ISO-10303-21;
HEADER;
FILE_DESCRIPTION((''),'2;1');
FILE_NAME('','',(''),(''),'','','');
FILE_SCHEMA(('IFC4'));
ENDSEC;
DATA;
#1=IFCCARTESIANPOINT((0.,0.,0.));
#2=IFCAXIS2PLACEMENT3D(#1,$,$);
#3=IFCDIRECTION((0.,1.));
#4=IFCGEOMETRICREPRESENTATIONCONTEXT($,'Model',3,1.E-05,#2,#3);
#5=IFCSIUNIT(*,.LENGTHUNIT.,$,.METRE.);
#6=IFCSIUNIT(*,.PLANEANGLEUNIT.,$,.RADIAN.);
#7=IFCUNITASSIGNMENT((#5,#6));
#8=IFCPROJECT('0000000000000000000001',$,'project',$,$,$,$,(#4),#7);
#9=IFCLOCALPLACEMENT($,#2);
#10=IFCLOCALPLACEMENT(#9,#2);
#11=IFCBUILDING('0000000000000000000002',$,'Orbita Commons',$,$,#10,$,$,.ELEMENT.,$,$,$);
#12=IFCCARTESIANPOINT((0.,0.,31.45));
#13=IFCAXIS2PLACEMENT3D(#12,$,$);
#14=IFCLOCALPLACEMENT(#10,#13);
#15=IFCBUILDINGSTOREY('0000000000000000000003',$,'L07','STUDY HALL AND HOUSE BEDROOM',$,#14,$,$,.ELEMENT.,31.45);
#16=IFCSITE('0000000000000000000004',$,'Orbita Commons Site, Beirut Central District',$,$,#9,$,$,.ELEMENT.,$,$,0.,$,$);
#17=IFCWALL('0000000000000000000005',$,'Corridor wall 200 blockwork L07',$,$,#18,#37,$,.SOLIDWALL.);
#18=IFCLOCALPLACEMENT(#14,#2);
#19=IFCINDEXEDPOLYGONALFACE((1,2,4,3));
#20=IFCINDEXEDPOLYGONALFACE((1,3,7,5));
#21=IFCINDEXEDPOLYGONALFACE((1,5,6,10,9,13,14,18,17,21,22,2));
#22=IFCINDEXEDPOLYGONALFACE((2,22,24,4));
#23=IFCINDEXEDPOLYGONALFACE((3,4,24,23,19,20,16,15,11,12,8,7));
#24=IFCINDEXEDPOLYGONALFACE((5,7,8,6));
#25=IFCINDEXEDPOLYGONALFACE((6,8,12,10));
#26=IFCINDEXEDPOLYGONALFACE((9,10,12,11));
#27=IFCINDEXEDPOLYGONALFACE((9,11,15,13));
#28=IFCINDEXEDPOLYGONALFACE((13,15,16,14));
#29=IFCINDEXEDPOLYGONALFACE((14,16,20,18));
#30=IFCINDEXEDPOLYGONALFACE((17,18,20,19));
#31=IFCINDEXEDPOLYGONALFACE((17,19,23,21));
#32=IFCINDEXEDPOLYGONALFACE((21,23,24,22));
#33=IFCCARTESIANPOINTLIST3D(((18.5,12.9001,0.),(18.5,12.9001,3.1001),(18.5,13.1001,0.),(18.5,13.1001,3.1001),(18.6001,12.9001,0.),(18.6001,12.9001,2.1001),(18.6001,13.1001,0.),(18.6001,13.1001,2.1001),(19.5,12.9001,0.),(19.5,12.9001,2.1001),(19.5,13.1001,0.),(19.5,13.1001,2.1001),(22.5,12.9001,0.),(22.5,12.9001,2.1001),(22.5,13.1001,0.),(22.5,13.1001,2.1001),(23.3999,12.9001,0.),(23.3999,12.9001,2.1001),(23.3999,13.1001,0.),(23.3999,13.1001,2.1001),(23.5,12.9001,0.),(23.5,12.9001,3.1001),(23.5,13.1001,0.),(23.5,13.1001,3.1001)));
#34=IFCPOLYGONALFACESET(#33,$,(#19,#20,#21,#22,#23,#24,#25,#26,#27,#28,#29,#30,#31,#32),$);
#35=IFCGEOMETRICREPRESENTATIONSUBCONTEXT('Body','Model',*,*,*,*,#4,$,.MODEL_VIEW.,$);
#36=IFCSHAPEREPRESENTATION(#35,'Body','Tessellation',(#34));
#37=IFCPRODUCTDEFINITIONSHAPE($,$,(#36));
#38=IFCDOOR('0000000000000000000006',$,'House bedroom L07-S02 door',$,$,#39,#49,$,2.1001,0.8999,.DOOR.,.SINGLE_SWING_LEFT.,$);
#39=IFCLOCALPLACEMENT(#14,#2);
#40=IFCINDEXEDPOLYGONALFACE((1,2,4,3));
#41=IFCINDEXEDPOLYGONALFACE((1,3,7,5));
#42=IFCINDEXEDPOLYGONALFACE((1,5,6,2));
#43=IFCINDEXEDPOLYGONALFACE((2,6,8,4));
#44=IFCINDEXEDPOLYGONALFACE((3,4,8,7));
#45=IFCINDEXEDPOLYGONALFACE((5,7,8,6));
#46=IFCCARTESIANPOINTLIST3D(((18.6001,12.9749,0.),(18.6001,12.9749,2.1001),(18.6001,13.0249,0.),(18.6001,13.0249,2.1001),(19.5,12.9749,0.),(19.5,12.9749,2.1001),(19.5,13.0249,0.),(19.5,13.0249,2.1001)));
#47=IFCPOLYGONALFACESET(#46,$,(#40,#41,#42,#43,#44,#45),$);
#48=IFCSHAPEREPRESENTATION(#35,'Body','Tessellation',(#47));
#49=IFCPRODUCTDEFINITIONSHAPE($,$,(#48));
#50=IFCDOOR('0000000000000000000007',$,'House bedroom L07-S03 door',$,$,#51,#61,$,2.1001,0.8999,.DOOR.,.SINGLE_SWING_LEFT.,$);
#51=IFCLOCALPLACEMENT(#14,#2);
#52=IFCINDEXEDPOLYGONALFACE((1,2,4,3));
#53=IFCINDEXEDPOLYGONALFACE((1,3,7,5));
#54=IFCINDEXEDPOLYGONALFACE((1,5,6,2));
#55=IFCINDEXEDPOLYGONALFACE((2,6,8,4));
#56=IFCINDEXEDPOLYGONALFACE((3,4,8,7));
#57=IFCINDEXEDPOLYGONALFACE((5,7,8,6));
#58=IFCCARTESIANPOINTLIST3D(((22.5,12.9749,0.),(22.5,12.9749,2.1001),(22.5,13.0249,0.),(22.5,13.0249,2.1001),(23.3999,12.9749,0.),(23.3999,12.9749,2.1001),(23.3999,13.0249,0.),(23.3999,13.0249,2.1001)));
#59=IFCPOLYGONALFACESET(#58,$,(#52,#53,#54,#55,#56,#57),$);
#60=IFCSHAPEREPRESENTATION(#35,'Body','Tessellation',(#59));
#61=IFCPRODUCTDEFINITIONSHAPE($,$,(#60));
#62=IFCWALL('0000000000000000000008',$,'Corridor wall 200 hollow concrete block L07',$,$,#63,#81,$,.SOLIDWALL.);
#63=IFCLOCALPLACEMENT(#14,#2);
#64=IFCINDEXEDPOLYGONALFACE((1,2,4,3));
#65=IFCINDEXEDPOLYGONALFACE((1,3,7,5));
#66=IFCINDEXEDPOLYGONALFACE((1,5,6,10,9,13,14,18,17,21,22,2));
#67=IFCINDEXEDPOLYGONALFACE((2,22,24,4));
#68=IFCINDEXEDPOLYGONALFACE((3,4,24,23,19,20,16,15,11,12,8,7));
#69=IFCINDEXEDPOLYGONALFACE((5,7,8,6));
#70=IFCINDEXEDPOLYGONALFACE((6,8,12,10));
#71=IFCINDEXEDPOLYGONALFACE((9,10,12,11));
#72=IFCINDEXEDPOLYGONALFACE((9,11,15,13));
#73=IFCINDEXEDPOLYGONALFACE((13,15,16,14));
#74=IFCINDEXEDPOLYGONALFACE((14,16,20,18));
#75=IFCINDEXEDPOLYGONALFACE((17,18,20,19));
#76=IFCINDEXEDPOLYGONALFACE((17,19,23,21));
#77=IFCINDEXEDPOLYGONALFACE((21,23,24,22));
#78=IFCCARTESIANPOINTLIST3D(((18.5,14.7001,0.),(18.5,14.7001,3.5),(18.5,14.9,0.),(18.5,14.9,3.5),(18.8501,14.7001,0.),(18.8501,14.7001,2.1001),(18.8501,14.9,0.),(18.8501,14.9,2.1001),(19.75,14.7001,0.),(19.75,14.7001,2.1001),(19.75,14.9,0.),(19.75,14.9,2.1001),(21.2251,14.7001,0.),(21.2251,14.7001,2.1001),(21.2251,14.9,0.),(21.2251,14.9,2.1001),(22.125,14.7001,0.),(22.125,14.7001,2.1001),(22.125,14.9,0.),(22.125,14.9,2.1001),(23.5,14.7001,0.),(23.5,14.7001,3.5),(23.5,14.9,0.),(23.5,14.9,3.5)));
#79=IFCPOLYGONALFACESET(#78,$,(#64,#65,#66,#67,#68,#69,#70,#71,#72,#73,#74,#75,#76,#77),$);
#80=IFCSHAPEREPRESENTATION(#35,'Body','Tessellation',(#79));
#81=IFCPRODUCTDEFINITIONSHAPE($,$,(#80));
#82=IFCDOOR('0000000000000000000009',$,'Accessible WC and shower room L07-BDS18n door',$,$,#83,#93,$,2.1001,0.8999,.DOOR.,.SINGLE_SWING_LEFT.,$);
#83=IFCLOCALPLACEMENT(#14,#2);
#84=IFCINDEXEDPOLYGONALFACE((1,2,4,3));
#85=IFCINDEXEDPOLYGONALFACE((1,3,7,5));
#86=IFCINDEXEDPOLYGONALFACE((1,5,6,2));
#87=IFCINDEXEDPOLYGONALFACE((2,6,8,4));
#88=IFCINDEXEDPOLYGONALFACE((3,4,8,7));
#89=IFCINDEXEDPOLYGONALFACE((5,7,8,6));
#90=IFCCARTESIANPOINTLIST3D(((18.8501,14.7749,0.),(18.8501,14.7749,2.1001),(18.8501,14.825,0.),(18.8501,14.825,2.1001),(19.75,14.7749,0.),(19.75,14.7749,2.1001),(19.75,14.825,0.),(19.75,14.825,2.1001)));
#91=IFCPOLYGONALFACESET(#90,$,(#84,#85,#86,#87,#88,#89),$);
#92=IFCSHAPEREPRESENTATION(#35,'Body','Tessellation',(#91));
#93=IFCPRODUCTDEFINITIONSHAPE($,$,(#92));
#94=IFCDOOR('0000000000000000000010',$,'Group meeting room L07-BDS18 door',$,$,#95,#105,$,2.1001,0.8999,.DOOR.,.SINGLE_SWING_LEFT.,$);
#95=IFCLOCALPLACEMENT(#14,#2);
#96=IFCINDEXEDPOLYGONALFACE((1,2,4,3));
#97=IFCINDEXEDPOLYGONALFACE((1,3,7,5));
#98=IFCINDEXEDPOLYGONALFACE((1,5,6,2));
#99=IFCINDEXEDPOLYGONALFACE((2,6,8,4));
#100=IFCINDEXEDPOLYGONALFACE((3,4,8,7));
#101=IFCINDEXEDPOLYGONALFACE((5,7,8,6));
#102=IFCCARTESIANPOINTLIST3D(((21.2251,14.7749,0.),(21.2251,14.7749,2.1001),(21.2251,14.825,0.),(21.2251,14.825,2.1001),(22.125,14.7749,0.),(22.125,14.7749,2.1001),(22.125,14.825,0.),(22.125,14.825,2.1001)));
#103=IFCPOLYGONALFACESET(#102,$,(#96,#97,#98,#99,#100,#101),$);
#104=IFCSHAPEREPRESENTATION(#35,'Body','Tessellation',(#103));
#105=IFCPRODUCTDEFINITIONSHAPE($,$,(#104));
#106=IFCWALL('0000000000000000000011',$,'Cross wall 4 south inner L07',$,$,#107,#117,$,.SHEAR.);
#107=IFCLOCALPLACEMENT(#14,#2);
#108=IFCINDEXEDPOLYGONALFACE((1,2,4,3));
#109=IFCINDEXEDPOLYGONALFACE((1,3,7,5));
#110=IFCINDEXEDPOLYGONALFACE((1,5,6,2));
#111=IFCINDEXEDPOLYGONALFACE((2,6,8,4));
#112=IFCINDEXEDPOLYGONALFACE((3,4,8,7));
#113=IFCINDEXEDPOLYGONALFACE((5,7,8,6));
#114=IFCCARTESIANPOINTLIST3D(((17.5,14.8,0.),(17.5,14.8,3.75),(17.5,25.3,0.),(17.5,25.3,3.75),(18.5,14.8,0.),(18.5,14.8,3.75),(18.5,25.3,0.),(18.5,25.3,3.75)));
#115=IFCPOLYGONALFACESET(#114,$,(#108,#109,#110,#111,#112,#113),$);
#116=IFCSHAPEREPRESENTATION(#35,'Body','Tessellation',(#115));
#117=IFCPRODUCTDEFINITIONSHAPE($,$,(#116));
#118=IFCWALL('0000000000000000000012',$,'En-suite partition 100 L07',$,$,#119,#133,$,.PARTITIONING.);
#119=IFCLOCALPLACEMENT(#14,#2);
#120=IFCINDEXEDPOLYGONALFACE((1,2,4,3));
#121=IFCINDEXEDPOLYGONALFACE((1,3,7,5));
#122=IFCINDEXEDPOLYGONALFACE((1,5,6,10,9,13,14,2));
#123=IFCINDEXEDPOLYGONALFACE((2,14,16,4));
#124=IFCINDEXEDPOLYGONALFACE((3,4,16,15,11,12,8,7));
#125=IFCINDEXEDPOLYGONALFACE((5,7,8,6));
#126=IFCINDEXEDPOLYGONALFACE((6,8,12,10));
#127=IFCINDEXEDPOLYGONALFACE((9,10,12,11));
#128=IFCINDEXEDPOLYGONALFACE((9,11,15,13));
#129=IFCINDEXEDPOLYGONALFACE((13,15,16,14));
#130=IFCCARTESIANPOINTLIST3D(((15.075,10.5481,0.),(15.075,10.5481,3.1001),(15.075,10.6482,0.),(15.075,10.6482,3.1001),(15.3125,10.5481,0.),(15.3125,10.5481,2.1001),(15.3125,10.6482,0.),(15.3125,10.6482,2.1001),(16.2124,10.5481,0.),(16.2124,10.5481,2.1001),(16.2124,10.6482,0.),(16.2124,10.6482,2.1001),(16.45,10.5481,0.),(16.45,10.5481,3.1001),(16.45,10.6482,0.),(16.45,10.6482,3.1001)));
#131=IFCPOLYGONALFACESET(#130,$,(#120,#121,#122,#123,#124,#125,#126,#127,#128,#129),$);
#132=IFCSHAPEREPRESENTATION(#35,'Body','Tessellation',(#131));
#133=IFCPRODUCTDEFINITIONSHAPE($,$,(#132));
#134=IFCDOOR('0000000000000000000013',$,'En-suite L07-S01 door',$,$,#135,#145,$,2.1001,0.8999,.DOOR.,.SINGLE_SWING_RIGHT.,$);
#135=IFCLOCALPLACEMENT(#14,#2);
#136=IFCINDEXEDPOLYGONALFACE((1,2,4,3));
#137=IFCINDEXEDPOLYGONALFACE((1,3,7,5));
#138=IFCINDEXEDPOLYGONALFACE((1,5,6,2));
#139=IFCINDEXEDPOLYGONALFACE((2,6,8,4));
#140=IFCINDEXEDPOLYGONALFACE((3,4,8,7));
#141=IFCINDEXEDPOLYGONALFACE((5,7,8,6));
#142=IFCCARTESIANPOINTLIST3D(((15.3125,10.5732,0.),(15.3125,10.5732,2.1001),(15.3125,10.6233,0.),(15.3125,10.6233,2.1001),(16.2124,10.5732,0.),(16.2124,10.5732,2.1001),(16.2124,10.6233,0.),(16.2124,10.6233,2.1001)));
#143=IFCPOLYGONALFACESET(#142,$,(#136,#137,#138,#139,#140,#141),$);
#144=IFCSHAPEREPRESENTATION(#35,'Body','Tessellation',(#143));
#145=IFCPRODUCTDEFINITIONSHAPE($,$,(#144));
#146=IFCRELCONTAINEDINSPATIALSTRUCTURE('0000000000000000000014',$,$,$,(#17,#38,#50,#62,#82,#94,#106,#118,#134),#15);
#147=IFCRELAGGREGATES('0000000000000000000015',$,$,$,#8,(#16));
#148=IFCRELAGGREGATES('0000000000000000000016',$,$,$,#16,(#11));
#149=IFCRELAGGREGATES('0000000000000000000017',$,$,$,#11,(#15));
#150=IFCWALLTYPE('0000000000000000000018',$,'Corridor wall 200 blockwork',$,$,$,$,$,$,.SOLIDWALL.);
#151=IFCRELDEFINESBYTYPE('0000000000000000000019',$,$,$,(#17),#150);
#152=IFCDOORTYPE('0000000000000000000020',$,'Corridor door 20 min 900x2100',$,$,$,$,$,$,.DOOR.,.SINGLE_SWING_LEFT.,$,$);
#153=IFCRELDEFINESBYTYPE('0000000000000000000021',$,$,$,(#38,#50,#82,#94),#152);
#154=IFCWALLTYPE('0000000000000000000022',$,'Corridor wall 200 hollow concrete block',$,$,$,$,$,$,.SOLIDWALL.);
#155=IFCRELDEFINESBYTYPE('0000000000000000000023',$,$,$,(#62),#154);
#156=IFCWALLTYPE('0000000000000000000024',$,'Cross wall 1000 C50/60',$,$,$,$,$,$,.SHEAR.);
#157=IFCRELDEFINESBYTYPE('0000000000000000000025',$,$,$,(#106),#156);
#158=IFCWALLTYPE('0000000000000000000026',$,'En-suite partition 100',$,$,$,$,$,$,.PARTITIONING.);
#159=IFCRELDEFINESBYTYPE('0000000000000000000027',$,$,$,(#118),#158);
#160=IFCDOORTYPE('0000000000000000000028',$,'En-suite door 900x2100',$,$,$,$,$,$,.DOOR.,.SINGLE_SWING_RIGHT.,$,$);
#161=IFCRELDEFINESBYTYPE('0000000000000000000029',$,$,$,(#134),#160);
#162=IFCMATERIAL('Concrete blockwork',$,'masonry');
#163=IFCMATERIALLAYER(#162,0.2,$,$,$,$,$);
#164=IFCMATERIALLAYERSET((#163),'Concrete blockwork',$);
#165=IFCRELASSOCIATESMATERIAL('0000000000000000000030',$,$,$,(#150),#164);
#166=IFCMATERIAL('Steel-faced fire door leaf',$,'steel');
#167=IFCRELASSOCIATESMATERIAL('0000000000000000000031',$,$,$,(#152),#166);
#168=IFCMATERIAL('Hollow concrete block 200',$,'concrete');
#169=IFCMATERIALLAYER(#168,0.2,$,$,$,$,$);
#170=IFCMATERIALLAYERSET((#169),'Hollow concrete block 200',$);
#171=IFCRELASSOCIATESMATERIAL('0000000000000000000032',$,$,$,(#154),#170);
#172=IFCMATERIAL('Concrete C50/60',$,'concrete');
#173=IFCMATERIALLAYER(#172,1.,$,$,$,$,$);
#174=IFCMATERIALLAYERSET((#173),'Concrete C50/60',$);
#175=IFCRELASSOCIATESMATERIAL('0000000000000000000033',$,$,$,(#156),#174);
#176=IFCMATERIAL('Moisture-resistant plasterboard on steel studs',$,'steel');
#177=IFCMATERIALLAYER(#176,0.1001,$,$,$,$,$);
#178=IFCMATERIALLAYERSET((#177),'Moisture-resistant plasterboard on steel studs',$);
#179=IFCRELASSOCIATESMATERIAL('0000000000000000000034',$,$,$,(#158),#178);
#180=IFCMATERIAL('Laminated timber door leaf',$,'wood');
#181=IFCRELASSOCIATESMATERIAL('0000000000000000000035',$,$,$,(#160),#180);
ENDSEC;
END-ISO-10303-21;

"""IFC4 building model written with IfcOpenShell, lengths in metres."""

from ifc_helpers import new_model, si_unit, direction, frame, frame_2d, origin, place, context, subcontext, project, spatial, polyline, rectangle, outline, extrude, material, layer, layer_set, type_object, element, fill, save


model = new_model("IFC4")

# Units and contexts
model_context = context("Model", 3, precision=1e-05, world=origin(), true_north=direction((0.0, 1.0)))
body_context = subcontext(model_context, "Body", "Model", "MODEL_VIEW")
ifc_project = project(units=[si_unit("LENGTHUNIT", "METRE"), si_unit("PLANEANGLEUNIT", "RADIAN")], contexts=[model_context])

# Site, building, storey
site_placement = place(None, origin())
site = spatial("IfcSite", under=ifc_project, at=site_placement, Name="Orbita Commons Site, Beirut Central District", CompositionType="ELEMENT", RefElevation=0.0)
building_placement = place(site_placement, origin())
building = spatial("IfcBuilding", under=site, at=building_placement, Name="Orbita Commons", CompositionType="ELEMENT")
storey_placement = place(building_placement, frame((0.0, 0.0, 31.45)))
storey = spatial("IfcBuildingStorey", under=building, at=storey_placement, Name="L07", Description="STUDY HALL AND HOUSE BEDROOM", CompositionType="ELEMENT", Elevation=31.45)

# Walls, openings, doors
ifc_material_1 = material(Name="Concrete blockwork", Category="masonry")
ifc_layer_1 = layer(ifc_material_1, 0.2)
ifc_layer_set_1 = layer_set([ifc_layer_1], Name="Concrete blockwork")
wall_type_1 = type_object("IfcWallType", Name="Corridor wall 200 blockwork", PredefinedType="SOLIDWALL", material=ifc_layer_set_1)
wall_1_placement = place(storey_placement, frame((18.5, 13.0, 0.0), z_axis=(0.0, 0.0, 1.0), x_axis=(1.0, 0.0, 0.0)))
wall_1 = element("IfcWall", 1, at=wall_1_placement, inside=storey, type_object=wall_type_1, Name="Corridor wall 200 blockwork L07", PredefinedType="SOLIDWALL", context=body_context, shape_type="SweptSolid", body=[
    extrude(outline(polyline([(0.0, 0.0), (5.0, 0.0), (5.0, 3.1001), (0.0, 3.1001), (0.0, 0.0)])), frame((0.0, 0.1001, 0.0), z_axis=(0.0, -1.0, 0.0), x_axis=(1.0, 0.0, 0.0)), (0.0, 0.0, 1.0), 0.2),
])
opening_1_placement = place(wall_1_placement, frame((0.1001, 0.0, 0.0)))
opening_1 = element("IfcOpeningElement", 2, at=opening_1_placement, cuts=wall_1, PredefinedType="OPENING", context=body_context, shape_type="SweptSolid", body=[
    extrude(rectangle(XDim=0.8999, YDim=2.1001, at=frame_2d((0.45, 1.05))), frame((0.0, 0.1099, 0.0), z_axis=(0.0, -1.0, 0.0), x_axis=(1.0, 0.0, 0.0)), (0.0, 0.0, 1.0), 0.22),
])
opening_2_placement = place(wall_1_placement, frame((4.0, 0.0, 0.0)))
opening_2 = element("IfcOpeningElement", 3, at=opening_2_placement, cuts=wall_1, PredefinedType="OPENING", context=body_context, shape_type="SweptSolid", body=[
    extrude(rectangle(XDim=0.8999, YDim=2.1001, at=frame_2d((0.45, 1.05))), frame((0.0, 0.1099, 0.0), z_axis=(0.0, -1.0, 0.0), x_axis=(1.0, 0.0, 0.0)), (0.0, 0.0, 1.0), 0.22),
])
ifc_material_2 = material(Name="Steel-faced fire door leaf", Category="steel")
door_type_1 = type_object("IfcDoorType", Name="Corridor door 20 min 900x2100", OperationType="SINGLE_SWING_LEFT", PredefinedType="DOOR", material=ifc_material_2)
door_1_placement = place(opening_1_placement, origin())
door_1 = element("IfcDoor", 4, at=door_1_placement, inside=storey, type_object=door_type_1, Name="House bedroom L07-S02 door", OperationType="SINGLE_SWING_LEFT", OverallHeight=2.1001, OverallWidth=0.8999, PredefinedType="DOOR", context=body_context, shape_type="SweptSolid", body=[
    extrude(rectangle(XDim=0.8999, YDim=2.1001, at=frame_2d((0.45, 1.05))), frame((0.0, 0.0249, 0.0), z_axis=(0.0, -1.0, 0.0), x_axis=(1.0, 0.0, 0.0)), (0.0, 0.0, 1.0), 0.05),
])
fill(opening_1, door_1)
door_2_placement = place(opening_2_placement, origin())
door_2 = element("IfcDoor", 5, at=door_2_placement, inside=storey, type_object=door_type_1, Name="House bedroom L07-S03 door", OperationType="SINGLE_SWING_LEFT", OverallHeight=2.1001, OverallWidth=0.8999, PredefinedType="DOOR", context=body_context, shape_type="SweptSolid", body=[
    extrude(rectangle(XDim=0.8999, YDim=2.1001, at=frame_2d((0.45, 1.05))), frame((0.0, 0.0249, 0.0), z_axis=(0.0, -1.0, 0.0), x_axis=(1.0, 0.0, 0.0)), (0.0, 0.0, 1.0), 0.05),
])
fill(opening_2, door_2)
ifc_material_3 = material(Name="Hollow concrete block 200", Category="concrete")
ifc_layer_2 = layer(ifc_material_3, 0.2)
ifc_layer_set_2 = layer_set([ifc_layer_2], Name="Hollow concrete block 200")
wall_type_2 = type_object("IfcWallType", Name="Corridor wall 200 hollow concrete block", PredefinedType="SOLIDWALL", material=ifc_layer_set_2)
wall_2_placement = place(storey_placement, frame((18.5, 14.8, 0.0), z_axis=(0.0, 0.0, 1.0), x_axis=(1.0, 0.0, 0.0)))
wall_2 = element("IfcWall", 6, at=wall_2_placement, inside=storey, type_object=wall_type_2, Name="Corridor wall 200 hollow concrete block L07", PredefinedType="SOLIDWALL", context=body_context, shape_type="SweptSolid", body=[
    extrude(rectangle(XDim=5.0, YDim=0.2, at=frame_2d((2.5, 0.0))), origin(), (0.0, 0.0, 1.0), 3.5),
])
opening_3_placement = place(wall_2_placement, frame((0.3501, 0.0, 0.0)))
opening_3 = element("IfcOpeningElement", 7, at=opening_3_placement, cuts=wall_2, PredefinedType="OPENING", context=body_context, shape_type="SweptSolid", body=[
    extrude(rectangle(XDim=0.8999, YDim=2.1001, at=frame_2d((0.45, 1.05))), frame((0.0, 0.1099, 0.0), z_axis=(0.0, -1.0, 0.0), x_axis=(1.0, 0.0, 0.0)), (0.0, 0.0, 1.0), 0.22),
])
opening_4_placement = place(wall_2_placement, frame((2.7251, 0.0, 0.0)))
opening_4 = element("IfcOpeningElement", 8, at=opening_4_placement, cuts=wall_2, PredefinedType="OPENING", context=body_context, shape_type="SweptSolid", body=[
    extrude(rectangle(XDim=0.8999, YDim=2.1001, at=frame_2d((0.45, 1.05))), frame((0.0, 0.1099, 0.0), z_axis=(0.0, -1.0, 0.0), x_axis=(1.0, 0.0, 0.0)), (0.0, 0.0, 1.0), 0.22),
])
door_3_placement = place(opening_3_placement, origin())
door_3 = element("IfcDoor", 9, at=door_3_placement, inside=storey, type_object=door_type_1, Name="Accessible WC and shower room L07-BDS18n door", OperationType="SINGLE_SWING_LEFT", OverallHeight=2.1001, OverallWidth=0.8999, PredefinedType="DOOR", context=body_context, shape_type="SweptSolid", body=[
    extrude(rectangle(XDim=0.8999, YDim=2.1001, at=frame_2d((0.45, 1.05))), frame((0.0, 0.0249, 0.0), z_axis=(0.0, -1.0, 0.0), x_axis=(1.0, 0.0, 0.0)), (0.0, 0.0, 1.0), 0.05),
])
fill(opening_3, door_3)
door_4_placement = place(opening_4_placement, origin())
door_4 = element("IfcDoor", 10, at=door_4_placement, inside=storey, type_object=door_type_1, Name="Group meeting room L07-BDS18 door", OperationType="SINGLE_SWING_LEFT", OverallHeight=2.1001, OverallWidth=0.8999, PredefinedType="DOOR", context=body_context, shape_type="SweptSolid", body=[
    extrude(rectangle(XDim=0.8999, YDim=2.1001, at=frame_2d((0.45, 1.05))), frame((0.0, 0.0249, 0.0), z_axis=(0.0, -1.0, 0.0), x_axis=(1.0, 0.0, 0.0)), (0.0, 0.0, 1.0), 0.05),
])
fill(opening_4, door_4)

# Wall
ifc_material_4 = material(Name="Concrete C50/60", Category="concrete")
ifc_layer_3 = layer(ifc_material_4, 1.0)
ifc_layer_set_3 = layer_set([ifc_layer_3], Name="Concrete C50/60")
wall_type_3 = type_object("IfcWallType", Name="Cross wall 1000 C50/60", PredefinedType="SHEAR", material=ifc_layer_set_3)
wall_3_placement = place(storey_placement, frame((18.0, 14.8, 0.0), z_axis=(0.0, 0.0, 1.0), x_axis=(0.0, 1.0, 0.0)))
element("IfcWall", 11, at=wall_3_placement, inside=storey, type_object=wall_type_3, Name="Cross wall 4 south inner L07", PredefinedType="SHEAR", context=body_context, shape_type="SweptSolid", body=[
    extrude(rectangle(XDim=10.5, YDim=1.0, at=frame_2d((5.25, 0.0))), origin(), (0.0, 0.0, 1.0), 3.75),
])

# Wall, opening, door
ifc_material_5 = material(Name="Moisture-resistant plasterboard on steel studs", Category="steel")
ifc_layer_4 = layer(ifc_material_5, 0.1001)
ifc_layer_set_4 = layer_set([ifc_layer_4], Name="Moisture-resistant plasterboard on steel studs")
wall_type_4 = type_object("IfcWallType", Name="En-suite partition 100", PredefinedType="PARTITIONING", material=ifc_layer_set_4)
wall_4_placement = place(storey_placement, frame((16.45, 10.5981, 0.0), z_axis=(0.0, 0.0, 1.0), x_axis=(-1.0, 0.0, 0.0)))
wall_4 = element("IfcWall", 12, at=wall_4_placement, inside=storey, type_object=wall_type_4, Name="En-suite partition 100 L07", PredefinedType="PARTITIONING", context=body_context, shape_type="SweptSolid", body=[
    extrude(outline(polyline([(0.0, 0.0), (1.375, 0.0), (1.375, 3.1001), (0.0, 3.1001), (0.0, 0.0)])), frame((0.0, 0.05, 0.0), z_axis=(0.0, -1.0, 0.0), x_axis=(1.0, 0.0, 0.0)), (0.0, 0.0, 1.0), 0.1001),
])
opening_5_placement = place(wall_4_placement, frame((0.2375, 0.0, 0.0)))
opening_5 = element("IfcOpeningElement", 13, at=opening_5_placement, cuts=wall_4, PredefinedType="OPENING", context=body_context, shape_type="SweptSolid", body=[
    extrude(rectangle(XDim=0.8999, YDim=2.1001, at=frame_2d((0.45, 1.05))), frame((0.0, 0.0601, 0.0), z_axis=(0.0, -1.0, 0.0), x_axis=(1.0, 0.0, 0.0)), (0.0, 0.0, 1.0), 0.1201),
])
ifc_material_6 = material(Name="Laminated timber door leaf", Category="wood")
door_type_2 = type_object("IfcDoorType", Name="En-suite door 900x2100", OperationType="SINGLE_SWING_RIGHT", PredefinedType="DOOR", material=ifc_material_6)
door_5_placement = place(opening_5_placement, origin())
door_5 = element("IfcDoor", 14, at=door_5_placement, inside=storey, type_object=door_type_2, Name="En-suite L07-S01 door", OperationType="SINGLE_SWING_RIGHT", OverallHeight=2.1001, OverallWidth=0.8999, PredefinedType="DOOR", context=body_context, shape_type="SweptSolid", body=[
    extrude(rectangle(XDim=0.8999, YDim=2.1001, at=frame_2d((0.45, 1.05))), frame((0.0, 0.0249, 0.0), z_axis=(0.0, -1.0, 0.0), x_axis=(1.0, 0.0, 0.0)), (0.0, 0.0, 1.0), 0.05),
])
fill(opening_5, door_5)

save(model, "model.ifc")
